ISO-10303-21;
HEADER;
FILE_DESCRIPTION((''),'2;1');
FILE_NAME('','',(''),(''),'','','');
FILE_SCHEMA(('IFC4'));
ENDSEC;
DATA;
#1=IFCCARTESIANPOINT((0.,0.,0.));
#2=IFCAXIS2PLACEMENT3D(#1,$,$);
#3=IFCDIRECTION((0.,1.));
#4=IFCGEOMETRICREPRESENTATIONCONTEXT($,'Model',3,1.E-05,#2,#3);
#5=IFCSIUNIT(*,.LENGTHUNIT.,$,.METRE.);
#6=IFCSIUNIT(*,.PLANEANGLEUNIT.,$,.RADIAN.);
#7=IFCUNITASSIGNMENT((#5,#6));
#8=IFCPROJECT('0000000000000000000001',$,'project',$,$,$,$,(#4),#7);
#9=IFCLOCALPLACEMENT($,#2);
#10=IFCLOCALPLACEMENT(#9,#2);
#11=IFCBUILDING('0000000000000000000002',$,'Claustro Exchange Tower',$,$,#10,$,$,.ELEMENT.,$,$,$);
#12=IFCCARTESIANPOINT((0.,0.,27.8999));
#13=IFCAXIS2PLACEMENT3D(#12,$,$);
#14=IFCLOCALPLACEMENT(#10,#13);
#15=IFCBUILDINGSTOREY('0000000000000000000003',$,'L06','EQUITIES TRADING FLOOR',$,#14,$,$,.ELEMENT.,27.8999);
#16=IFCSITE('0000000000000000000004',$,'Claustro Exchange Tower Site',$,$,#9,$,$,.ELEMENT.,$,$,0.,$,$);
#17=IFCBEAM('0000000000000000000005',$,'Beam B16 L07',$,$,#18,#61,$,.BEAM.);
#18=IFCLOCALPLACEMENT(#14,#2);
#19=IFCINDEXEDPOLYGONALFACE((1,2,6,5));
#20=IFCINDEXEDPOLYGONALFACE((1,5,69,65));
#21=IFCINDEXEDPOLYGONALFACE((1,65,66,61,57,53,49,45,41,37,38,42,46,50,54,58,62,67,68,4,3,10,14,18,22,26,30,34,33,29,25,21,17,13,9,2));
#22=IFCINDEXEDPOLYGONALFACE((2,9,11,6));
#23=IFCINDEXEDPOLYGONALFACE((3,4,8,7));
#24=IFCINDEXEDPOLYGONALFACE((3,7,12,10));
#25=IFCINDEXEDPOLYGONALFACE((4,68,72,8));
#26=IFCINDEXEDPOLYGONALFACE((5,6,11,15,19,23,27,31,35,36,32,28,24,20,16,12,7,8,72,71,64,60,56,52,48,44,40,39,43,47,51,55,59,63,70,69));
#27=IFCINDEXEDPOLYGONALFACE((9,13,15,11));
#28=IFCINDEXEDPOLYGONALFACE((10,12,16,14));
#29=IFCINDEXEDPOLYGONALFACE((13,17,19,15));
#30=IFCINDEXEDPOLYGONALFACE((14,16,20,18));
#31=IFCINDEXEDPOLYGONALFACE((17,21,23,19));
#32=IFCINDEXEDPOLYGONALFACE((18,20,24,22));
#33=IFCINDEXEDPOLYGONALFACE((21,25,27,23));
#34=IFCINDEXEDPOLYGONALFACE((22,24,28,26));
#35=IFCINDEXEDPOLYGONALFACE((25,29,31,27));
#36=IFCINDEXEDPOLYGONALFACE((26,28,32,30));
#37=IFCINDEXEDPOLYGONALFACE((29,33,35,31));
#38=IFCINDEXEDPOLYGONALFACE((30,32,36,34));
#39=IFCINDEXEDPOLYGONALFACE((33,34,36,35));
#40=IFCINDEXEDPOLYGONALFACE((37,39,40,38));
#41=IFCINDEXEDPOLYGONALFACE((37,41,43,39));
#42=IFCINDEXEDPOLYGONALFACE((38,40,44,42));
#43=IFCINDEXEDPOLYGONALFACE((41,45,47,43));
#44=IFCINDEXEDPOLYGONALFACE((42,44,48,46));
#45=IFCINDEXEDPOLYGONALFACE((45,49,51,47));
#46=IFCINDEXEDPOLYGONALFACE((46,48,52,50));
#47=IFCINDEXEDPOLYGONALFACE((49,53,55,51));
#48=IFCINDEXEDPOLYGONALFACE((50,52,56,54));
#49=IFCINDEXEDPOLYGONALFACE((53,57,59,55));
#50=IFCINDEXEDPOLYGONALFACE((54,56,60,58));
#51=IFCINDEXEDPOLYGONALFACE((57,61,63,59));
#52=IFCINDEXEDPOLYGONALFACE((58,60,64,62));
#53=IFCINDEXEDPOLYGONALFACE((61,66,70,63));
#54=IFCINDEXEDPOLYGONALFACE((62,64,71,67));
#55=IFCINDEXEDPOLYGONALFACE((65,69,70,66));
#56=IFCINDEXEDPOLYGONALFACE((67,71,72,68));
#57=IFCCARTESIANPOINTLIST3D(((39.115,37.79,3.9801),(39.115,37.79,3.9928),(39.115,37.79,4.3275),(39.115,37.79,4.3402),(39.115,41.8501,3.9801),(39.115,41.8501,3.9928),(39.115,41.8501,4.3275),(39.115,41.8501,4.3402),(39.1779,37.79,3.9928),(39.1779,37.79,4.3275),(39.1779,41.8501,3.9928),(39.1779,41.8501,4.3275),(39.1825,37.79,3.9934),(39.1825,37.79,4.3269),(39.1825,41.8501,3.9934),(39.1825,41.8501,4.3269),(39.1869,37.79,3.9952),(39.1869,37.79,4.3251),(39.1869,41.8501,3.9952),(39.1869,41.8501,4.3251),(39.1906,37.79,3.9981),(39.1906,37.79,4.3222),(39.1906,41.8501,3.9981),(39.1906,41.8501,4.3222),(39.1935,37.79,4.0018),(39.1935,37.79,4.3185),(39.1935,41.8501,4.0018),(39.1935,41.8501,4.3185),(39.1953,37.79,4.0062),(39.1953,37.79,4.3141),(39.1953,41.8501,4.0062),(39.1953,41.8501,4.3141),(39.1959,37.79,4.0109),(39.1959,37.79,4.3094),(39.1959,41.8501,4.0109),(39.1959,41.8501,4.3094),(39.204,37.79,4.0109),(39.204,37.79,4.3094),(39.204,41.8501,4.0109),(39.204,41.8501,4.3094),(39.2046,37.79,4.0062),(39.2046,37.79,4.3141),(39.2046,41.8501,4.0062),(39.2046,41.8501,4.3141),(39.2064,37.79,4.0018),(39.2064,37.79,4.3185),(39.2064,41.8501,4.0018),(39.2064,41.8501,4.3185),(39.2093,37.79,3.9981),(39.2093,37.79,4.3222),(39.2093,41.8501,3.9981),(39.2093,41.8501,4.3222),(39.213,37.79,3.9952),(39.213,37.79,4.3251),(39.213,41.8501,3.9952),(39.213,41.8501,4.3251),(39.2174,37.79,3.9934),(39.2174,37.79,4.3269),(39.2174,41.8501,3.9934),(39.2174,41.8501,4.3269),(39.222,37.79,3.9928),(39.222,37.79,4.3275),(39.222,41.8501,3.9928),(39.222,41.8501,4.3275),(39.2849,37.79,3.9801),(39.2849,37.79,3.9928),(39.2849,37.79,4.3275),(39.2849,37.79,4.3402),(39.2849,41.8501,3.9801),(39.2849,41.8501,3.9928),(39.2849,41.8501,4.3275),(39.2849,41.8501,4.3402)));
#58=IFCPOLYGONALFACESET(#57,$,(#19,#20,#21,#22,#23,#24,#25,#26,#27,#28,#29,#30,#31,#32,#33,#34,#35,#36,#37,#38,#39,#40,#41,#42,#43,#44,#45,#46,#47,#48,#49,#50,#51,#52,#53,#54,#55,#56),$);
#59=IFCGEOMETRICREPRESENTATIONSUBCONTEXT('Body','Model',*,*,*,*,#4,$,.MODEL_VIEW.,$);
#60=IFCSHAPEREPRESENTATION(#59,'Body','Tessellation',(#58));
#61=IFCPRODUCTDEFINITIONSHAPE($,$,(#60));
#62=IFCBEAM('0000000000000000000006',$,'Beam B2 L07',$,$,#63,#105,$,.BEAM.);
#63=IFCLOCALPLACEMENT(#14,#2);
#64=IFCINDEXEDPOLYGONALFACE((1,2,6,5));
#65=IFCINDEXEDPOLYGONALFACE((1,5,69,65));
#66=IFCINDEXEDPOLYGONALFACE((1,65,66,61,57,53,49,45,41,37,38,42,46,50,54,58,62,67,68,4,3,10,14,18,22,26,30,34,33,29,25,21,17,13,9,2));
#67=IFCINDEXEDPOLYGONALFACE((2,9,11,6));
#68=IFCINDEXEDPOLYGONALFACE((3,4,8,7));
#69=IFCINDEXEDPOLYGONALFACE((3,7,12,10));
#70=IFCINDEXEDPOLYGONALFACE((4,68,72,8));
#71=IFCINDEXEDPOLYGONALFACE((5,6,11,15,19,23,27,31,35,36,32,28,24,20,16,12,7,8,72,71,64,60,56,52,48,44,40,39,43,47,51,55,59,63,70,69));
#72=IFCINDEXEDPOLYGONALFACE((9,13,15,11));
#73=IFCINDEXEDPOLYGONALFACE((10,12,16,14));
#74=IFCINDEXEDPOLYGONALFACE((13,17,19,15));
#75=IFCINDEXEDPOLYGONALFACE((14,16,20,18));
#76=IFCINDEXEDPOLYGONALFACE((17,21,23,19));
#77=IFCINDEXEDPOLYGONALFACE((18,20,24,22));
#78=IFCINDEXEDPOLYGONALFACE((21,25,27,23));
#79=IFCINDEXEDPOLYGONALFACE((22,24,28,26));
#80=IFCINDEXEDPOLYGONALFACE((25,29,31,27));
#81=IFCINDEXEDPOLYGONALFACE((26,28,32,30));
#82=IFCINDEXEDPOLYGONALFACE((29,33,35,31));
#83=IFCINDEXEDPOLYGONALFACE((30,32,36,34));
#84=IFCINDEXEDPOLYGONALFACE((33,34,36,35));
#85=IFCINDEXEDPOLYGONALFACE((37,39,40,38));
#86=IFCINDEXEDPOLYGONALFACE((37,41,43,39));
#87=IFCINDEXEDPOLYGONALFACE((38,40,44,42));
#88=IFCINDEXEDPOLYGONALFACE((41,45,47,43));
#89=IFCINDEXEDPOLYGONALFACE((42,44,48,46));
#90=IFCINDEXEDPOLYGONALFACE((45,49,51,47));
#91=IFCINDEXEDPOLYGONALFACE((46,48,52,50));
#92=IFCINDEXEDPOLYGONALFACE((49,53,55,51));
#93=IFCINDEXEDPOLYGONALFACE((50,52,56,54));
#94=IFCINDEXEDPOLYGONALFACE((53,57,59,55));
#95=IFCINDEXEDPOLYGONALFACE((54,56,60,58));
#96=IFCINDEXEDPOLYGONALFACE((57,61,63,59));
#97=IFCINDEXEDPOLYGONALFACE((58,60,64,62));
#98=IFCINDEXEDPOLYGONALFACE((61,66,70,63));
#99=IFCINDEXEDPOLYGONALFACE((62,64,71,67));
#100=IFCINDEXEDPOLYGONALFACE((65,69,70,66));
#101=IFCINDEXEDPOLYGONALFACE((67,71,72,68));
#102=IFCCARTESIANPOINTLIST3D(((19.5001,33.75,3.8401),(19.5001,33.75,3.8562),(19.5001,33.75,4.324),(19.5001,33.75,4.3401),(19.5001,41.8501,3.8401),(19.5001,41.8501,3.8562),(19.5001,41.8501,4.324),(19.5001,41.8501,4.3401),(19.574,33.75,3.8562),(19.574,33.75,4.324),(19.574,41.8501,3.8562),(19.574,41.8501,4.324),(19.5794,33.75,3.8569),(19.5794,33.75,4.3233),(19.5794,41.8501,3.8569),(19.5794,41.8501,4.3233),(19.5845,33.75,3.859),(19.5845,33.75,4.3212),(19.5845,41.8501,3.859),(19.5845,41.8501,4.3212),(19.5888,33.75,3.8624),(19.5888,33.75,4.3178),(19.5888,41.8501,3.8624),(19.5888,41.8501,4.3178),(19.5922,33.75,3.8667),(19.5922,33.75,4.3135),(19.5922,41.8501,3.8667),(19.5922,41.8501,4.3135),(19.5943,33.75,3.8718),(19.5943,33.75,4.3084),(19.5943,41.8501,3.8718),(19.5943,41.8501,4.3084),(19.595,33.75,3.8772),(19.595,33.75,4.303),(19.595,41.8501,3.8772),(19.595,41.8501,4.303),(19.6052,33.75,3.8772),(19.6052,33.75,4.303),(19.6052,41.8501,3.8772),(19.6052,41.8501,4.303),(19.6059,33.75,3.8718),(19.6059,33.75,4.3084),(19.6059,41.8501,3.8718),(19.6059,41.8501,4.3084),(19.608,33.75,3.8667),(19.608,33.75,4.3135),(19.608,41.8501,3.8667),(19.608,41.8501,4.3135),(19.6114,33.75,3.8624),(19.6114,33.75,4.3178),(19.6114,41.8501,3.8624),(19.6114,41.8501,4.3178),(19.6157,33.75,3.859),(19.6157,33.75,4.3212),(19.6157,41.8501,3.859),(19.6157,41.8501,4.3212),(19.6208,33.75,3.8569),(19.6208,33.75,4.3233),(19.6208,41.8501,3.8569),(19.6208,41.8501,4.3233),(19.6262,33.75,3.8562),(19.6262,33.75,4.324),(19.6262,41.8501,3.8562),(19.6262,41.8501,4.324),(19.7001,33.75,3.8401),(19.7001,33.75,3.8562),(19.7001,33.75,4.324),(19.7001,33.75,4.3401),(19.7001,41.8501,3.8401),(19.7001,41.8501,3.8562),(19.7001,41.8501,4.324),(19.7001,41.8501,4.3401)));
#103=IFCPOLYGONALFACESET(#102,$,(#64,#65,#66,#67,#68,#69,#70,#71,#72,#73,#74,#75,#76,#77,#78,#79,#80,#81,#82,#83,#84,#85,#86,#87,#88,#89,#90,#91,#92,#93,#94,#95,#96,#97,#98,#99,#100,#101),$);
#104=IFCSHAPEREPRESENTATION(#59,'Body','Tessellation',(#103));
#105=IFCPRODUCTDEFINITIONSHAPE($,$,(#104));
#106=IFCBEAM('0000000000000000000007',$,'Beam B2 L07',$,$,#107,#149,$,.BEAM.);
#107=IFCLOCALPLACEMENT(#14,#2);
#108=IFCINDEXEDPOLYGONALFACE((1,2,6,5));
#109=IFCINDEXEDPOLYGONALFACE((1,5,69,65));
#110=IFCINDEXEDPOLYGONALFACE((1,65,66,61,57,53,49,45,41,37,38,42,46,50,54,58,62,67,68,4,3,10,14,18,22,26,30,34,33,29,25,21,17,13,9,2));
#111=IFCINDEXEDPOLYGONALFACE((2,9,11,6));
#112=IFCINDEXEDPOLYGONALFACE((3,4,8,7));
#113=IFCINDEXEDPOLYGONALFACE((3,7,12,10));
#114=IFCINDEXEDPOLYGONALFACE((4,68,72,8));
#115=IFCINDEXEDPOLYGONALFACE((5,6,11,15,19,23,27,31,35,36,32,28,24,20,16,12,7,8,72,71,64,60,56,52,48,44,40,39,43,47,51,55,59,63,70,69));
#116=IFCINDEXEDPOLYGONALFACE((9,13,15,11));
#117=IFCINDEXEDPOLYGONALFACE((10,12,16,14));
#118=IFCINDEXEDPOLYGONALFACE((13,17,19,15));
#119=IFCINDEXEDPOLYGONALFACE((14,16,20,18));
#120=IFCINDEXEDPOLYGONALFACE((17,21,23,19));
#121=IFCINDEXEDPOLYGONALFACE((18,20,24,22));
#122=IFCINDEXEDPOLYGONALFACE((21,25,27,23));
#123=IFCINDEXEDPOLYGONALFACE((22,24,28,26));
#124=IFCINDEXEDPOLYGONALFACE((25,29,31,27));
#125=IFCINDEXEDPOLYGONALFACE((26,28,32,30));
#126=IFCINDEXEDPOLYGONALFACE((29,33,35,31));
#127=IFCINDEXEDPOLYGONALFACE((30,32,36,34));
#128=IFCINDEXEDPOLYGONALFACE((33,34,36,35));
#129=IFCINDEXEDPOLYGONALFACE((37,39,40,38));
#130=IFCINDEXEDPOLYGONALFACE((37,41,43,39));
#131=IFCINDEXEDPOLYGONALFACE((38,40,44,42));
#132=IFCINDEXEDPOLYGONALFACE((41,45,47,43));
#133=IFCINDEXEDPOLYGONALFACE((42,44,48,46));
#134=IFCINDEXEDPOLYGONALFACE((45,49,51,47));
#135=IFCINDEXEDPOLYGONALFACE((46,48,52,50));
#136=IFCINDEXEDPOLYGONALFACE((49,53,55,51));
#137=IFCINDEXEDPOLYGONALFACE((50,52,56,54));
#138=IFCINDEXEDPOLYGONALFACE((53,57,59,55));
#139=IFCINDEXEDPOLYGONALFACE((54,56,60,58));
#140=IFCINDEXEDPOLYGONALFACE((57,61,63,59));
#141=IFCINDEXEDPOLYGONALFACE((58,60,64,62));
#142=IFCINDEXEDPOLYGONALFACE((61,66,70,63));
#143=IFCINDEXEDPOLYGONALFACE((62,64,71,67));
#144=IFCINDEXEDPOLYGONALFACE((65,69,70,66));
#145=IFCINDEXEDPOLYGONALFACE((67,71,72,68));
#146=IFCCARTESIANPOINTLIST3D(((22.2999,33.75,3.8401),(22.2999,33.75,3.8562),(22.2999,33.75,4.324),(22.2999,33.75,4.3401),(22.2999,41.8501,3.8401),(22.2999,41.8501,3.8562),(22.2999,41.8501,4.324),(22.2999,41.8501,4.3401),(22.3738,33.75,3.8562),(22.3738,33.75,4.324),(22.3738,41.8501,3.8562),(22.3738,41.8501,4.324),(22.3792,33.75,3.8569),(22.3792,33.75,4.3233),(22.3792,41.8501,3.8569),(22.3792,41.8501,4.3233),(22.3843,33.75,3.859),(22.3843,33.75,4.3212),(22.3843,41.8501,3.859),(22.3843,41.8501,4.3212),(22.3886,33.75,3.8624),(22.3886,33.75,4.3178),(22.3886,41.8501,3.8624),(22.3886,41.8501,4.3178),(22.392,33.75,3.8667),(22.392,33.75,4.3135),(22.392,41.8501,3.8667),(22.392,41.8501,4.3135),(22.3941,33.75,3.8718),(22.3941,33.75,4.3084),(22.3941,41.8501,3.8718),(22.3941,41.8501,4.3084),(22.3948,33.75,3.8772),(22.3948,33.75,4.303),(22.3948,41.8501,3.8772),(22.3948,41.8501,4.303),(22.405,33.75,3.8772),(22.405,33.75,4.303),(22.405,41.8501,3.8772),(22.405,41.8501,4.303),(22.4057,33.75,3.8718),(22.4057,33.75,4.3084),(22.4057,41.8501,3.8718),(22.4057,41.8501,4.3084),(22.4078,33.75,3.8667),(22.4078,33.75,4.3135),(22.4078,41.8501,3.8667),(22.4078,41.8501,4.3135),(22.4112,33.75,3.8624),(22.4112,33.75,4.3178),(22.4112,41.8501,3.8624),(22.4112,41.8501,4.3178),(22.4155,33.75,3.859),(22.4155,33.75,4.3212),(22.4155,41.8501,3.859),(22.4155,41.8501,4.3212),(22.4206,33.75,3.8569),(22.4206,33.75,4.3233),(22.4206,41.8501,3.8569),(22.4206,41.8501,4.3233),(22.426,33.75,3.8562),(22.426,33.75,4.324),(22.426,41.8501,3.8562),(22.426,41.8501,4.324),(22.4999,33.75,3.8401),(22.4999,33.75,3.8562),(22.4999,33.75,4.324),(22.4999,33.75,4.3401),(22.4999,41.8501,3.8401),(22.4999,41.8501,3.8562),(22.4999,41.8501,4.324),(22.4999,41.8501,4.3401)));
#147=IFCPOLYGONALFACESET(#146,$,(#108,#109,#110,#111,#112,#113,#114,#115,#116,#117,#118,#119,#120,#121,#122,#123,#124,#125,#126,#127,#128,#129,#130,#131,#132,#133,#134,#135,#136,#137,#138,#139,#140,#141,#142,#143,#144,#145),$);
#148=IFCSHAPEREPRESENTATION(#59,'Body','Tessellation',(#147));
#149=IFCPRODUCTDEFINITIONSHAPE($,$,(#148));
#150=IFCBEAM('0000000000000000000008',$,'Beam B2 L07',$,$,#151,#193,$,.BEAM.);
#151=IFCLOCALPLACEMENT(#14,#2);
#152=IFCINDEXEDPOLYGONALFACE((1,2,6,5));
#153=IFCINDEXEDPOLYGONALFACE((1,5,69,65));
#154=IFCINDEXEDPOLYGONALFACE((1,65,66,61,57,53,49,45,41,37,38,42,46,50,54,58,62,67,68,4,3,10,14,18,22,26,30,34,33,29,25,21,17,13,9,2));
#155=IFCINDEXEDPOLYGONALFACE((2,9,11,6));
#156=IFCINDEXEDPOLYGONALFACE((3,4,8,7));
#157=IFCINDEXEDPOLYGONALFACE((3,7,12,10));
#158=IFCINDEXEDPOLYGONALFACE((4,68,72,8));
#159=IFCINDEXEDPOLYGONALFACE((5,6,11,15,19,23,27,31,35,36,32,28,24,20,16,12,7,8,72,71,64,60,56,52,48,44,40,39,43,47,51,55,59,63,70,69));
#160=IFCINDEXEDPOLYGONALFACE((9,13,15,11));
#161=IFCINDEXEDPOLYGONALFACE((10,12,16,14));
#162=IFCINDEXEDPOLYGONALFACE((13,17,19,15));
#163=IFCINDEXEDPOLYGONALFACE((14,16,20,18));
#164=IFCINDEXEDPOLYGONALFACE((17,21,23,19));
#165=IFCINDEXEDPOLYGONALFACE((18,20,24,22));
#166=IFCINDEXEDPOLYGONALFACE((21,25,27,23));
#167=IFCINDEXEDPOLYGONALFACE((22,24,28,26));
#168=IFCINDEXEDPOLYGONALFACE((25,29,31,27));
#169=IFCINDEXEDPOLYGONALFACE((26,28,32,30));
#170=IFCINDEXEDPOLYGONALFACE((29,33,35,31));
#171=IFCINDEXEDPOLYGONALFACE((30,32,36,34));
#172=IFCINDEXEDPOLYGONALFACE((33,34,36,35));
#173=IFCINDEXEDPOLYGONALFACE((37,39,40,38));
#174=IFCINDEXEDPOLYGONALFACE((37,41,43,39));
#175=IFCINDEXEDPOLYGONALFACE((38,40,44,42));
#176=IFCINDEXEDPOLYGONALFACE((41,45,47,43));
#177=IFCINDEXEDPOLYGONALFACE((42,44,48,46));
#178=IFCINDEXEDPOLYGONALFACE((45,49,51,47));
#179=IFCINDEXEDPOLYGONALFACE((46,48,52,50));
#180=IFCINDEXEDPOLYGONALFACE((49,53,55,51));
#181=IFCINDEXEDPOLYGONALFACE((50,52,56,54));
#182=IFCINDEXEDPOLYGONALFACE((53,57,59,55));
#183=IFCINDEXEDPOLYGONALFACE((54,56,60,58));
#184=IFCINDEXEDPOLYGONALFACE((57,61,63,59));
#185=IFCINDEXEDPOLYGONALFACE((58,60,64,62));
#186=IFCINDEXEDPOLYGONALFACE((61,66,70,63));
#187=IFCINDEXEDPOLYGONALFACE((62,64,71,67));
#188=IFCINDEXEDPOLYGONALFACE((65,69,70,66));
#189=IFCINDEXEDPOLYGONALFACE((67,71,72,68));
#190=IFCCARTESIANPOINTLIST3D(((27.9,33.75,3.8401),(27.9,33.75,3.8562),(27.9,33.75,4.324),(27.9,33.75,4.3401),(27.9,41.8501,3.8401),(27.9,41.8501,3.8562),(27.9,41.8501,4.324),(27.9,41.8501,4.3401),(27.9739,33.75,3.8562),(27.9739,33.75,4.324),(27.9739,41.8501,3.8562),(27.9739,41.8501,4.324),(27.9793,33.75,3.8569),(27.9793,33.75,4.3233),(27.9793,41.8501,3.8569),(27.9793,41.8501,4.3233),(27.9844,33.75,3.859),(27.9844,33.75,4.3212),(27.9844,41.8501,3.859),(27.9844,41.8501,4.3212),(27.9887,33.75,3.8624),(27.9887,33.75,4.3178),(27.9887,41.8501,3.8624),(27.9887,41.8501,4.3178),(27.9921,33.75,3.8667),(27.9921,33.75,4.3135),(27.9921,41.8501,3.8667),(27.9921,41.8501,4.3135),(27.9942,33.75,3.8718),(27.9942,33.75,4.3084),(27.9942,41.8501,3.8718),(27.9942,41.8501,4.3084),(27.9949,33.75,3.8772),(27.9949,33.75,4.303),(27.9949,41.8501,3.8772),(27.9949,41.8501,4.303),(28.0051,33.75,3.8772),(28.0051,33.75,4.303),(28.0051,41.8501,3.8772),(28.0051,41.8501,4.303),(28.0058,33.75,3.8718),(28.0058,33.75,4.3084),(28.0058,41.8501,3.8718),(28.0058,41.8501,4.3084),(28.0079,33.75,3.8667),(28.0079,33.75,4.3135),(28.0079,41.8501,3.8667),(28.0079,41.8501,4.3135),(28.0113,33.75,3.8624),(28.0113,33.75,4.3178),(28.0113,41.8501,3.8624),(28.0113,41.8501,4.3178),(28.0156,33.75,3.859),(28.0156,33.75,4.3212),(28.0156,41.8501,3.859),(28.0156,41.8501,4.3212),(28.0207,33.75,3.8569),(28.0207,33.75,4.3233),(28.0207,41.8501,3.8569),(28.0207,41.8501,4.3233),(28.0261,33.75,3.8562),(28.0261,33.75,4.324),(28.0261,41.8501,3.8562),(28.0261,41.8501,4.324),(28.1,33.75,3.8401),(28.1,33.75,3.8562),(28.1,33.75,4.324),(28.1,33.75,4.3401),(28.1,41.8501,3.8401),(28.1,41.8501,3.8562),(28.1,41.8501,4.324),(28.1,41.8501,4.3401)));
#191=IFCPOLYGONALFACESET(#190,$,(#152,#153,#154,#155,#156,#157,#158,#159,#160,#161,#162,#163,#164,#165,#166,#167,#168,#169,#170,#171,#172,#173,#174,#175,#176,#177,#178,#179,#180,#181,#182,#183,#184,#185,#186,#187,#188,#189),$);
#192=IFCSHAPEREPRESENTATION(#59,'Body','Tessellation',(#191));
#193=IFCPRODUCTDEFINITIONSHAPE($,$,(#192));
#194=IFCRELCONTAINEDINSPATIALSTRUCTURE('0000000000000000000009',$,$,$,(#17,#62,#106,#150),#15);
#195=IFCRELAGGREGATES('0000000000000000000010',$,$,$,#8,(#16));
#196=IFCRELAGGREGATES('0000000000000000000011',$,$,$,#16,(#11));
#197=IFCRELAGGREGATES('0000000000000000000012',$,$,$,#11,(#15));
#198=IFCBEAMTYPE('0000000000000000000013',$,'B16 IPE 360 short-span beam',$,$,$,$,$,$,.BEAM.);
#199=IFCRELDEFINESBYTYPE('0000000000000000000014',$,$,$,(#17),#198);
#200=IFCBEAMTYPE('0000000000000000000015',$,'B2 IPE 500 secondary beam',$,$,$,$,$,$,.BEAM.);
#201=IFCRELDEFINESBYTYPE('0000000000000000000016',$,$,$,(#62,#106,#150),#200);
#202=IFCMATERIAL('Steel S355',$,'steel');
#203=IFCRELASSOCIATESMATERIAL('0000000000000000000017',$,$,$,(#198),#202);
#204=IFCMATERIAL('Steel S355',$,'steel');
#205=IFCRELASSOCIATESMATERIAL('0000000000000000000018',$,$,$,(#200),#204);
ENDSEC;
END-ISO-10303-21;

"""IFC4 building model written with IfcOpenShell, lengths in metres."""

from ifc_helpers import new_model, si_unit, direction, frame, origin, origin_2d, place, context, subcontext, project, spatial, i_section, extrude, material, material_profile, profile_set, type_object, element, save


model = new_model("IFC4")

# Units and contexts
model_context = context("Model", 3, precision=1e-05, world=origin(), true_north=direction((0.0, 1.0)))
body_context = subcontext(model_context, "Body", "Model", "MODEL_VIEW")
ifc_project = project(units=[si_unit("LENGTHUNIT", "METRE"), si_unit("PLANEANGLEUNIT", "RADIAN")], contexts=[model_context])

# Site, building, storey
site_placement = place(None, origin())
site = spatial("IfcSite", under=ifc_project, at=site_placement, Name="Claustro Exchange Tower Site", CompositionType="ELEMENT", RefElevation=0.0)
building_placement = place(site_placement, origin())
building = spatial("IfcBuilding", under=site, at=building_placement, Name="Claustro Exchange Tower", CompositionType="ELEMENT")
storey_placement = place(building_placement, frame((0.0, 0.0, 27.8999)))
storey = spatial("IfcBuildingStorey", under=building, at=storey_placement, Name="L06", Description="EQUITIES TRADING FLOOR", CompositionType="ELEMENT", Elevation=27.8999)

# Beams
ifc_material_1 = material(Name="Steel S355", Category="steel")
ifc_material_profile_1 = material_profile(ifc_material_1, i_section(OverallWidth=0.1699, OverallDepth=0.3601, WebThickness=0.0081, FlangeThickness=0.0127, FilletRadius=0.0181, at=origin_2d()), Name="IPE 360")
ifc_profile_set_1 = profile_set([ifc_material_profile_1], Name="Steel S355")
beam_type_1 = type_object("IfcBeamType", Name="B16 IPE 360 short-span beam", PredefinedType="BEAM", material=ifc_profile_set_1)
for number, where, z_axis, x_axis, name in (
    (1, (39.2, 37.79, 4.1602), (0.0, 1.0, 0.0), (-1.0, 0.0, 0.0), "Beam B16 L07"),
):
    element("IfcBeam", number, at=place(storey_placement, frame(where, z_axis=z_axis, x_axis=x_axis)), inside=storey, type_object=beam_type_1, Name=name, PredefinedType="BEAM", context=body_context, shape_type="SweptSolid", body=[
        extrude(i_section(OverallWidth=0.1699, OverallDepth=0.3601, WebThickness=0.0081, FlangeThickness=0.0127, FilletRadius=0.0181, at=origin_2d()), origin(), (0.0, 0.0, 1.0), 4.0601),
    ])
ifc_material_2 = material(Name="Steel S355", Category="steel")
ifc_material_profile_2 = material_profile(ifc_material_2, i_section(OverallWidth=0.2, OverallDepth=0.5, WebThickness=0.0103, FlangeThickness=0.0161, FilletRadius=0.021, at=origin_2d()), Name="IPE 500")
ifc_profile_set_2 = profile_set([ifc_material_profile_2], Name="Steel S355")
beam_type_2 = type_object("IfcBeamType", Name="B2 IPE 500 secondary beam", PredefinedType="BEAM", material=ifc_profile_set_2)
for number, where, z_axis, x_axis, name in (
    (2, (19.6001, 33.75, 4.0901), (0.0, 1.0, 0.0), (-1.0, 0.0, 0.0), "Beam B2 L07"),
    (3, (22.3999, 33.75, 4.0901), (0.0, 1.0, 0.0), (-1.0, 0.0, 0.0), "Beam B2 L07"),
    (4, (28.0, 33.75, 4.0901), (0.0, 1.0, 0.0), (-1.0, 0.0, 0.0), "Beam B2 L07"),
):
    element("IfcBeam", number, at=place(storey_placement, frame(where, z_axis=z_axis, x_axis=x_axis)), inside=storey, type_object=beam_type_2, Name=name, PredefinedType="BEAM", context=body_context, shape_type="SweptSolid", body=[
        extrude(i_section(OverallWidth=0.2, OverallDepth=0.5, WebThickness=0.0103, FlangeThickness=0.0161, FilletRadius=0.021, at=origin_2d()), origin(), (0.0, 0.0, 1.0), 8.1001),
    ])

save(model, "model.ifc")
